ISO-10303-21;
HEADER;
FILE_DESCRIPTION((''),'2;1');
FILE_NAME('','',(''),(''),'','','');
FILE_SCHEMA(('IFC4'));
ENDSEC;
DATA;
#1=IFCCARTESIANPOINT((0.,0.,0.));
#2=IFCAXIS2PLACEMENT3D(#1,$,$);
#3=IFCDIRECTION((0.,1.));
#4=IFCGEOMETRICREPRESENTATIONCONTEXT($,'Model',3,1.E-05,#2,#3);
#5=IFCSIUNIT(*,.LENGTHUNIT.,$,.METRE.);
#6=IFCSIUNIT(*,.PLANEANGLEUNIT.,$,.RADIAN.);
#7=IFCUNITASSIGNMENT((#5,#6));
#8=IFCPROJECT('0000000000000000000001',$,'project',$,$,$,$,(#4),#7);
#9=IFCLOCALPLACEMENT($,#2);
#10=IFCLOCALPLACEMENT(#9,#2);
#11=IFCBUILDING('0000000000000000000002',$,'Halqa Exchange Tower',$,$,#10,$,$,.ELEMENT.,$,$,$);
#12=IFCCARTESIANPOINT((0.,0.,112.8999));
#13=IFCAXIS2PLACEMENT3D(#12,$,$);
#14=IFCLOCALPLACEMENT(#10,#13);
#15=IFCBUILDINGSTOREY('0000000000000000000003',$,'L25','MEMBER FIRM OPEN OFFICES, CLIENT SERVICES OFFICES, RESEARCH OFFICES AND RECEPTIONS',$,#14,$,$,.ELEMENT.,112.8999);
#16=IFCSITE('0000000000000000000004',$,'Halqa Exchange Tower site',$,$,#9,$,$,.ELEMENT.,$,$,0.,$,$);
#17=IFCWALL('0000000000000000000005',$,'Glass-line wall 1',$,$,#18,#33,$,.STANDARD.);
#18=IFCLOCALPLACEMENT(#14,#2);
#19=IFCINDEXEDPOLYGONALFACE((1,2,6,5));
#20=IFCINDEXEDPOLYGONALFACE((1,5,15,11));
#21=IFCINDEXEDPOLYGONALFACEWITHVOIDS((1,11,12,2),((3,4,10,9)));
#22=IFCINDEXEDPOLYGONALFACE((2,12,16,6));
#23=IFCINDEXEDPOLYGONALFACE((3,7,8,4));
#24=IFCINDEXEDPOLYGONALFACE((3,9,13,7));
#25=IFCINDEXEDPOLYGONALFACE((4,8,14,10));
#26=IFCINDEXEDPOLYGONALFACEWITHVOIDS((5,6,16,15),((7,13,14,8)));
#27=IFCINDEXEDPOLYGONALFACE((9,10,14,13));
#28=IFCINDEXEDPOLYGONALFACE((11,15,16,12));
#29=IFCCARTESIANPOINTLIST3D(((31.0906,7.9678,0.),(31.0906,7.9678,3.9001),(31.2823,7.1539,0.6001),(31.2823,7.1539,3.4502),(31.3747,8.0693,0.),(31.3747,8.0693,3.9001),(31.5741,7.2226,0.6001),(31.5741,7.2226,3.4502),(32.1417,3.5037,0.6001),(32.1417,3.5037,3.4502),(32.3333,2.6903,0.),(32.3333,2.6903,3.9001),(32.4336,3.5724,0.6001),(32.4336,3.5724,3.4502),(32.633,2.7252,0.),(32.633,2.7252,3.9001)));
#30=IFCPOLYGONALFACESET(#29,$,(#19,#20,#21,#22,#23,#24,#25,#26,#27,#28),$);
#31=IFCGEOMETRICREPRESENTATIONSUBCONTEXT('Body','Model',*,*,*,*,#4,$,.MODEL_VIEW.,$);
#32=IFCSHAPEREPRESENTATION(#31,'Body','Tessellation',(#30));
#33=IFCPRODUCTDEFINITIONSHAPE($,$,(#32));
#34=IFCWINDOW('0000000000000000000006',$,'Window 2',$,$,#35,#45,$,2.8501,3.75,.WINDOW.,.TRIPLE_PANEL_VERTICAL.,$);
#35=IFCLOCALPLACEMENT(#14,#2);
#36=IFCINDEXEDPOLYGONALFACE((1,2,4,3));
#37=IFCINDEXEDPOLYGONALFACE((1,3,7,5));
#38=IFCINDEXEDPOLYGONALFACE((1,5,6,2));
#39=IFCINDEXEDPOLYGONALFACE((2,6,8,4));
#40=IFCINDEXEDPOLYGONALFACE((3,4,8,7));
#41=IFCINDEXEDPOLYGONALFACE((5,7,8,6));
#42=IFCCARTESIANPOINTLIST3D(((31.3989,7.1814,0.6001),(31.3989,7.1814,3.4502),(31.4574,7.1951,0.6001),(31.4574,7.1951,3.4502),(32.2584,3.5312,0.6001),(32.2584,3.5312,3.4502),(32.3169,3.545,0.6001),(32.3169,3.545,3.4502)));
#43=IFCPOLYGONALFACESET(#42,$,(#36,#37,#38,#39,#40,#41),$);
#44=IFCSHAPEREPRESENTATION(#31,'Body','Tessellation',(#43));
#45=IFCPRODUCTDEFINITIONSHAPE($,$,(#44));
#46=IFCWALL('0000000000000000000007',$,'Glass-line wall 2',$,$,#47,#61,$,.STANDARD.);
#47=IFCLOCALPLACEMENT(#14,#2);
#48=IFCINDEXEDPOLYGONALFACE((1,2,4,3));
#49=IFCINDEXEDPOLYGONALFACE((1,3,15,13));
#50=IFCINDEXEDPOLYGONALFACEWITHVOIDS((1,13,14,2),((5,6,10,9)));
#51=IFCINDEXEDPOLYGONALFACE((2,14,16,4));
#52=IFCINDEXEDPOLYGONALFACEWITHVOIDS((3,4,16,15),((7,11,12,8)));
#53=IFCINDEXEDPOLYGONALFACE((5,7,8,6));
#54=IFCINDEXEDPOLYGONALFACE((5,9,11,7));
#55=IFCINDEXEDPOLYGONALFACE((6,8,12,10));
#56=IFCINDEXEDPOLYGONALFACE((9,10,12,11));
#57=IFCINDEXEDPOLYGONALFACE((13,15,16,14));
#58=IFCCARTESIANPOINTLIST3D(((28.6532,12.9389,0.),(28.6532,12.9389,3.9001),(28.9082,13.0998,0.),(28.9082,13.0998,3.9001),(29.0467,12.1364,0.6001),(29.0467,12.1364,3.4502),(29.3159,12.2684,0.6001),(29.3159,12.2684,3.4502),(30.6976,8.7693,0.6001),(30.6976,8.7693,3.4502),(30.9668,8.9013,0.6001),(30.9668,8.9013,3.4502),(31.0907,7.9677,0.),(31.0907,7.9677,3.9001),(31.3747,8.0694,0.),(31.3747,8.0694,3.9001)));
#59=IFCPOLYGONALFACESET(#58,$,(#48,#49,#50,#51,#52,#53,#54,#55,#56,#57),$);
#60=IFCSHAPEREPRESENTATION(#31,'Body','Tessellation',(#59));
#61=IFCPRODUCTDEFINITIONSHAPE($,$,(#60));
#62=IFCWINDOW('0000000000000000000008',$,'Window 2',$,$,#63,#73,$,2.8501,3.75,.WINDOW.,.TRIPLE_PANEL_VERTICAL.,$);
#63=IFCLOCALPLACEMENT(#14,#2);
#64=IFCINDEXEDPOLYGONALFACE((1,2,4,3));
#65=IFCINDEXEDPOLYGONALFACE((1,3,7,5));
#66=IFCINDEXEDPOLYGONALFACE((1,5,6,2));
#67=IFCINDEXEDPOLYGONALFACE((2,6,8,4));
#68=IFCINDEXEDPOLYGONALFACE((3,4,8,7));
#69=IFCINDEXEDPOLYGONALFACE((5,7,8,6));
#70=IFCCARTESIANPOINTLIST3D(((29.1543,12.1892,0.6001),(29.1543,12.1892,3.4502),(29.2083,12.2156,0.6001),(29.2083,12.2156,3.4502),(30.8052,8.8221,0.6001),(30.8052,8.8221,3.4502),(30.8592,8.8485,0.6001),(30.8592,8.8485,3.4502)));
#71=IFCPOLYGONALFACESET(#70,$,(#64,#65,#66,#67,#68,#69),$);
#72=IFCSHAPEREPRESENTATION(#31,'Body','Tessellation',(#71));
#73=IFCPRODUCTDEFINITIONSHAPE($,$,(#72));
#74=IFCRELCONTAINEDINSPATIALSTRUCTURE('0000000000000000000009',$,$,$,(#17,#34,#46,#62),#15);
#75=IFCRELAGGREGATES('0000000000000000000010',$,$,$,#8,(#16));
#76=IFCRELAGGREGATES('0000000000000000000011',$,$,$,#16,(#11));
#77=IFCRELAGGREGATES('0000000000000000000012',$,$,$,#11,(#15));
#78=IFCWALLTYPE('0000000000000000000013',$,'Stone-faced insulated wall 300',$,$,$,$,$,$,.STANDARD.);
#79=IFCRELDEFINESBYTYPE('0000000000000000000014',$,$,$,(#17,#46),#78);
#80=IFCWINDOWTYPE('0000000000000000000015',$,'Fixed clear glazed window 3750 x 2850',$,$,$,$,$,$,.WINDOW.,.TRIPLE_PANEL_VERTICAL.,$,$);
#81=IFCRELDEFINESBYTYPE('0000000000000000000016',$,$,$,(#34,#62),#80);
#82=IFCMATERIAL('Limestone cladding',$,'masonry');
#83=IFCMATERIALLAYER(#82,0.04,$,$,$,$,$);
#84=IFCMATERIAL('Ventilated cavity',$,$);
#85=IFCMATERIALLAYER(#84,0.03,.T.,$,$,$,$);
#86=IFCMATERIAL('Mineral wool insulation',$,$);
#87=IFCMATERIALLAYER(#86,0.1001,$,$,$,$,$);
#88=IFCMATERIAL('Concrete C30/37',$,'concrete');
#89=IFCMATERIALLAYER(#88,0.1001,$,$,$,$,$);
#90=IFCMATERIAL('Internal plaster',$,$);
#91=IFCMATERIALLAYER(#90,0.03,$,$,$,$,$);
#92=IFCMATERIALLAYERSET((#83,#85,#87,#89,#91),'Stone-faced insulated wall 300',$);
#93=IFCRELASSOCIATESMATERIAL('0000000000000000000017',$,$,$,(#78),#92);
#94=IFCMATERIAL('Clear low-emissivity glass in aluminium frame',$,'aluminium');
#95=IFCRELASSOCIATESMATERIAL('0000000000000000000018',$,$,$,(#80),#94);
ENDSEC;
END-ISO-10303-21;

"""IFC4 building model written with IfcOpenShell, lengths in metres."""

from ifc_helpers import new_model, si_unit, direction, frame, frame_2d, origin, place, context, subcontext, project, spatial, polyline, rectangle, outline, extrude, material, layer, layer_set, type_object, element, fill, save


model = new_model("IFC4")

# Units and contexts
model_context = context("Model", 3, precision=1e-05, world=origin(), true_north=direction((0.0, 1.0)))
body_context = subcontext(model_context, "Body", "Model", "MODEL_VIEW")
ifc_project = project(units=[si_unit("LENGTHUNIT", "METRE"), si_unit("PLANEANGLEUNIT", "RADIAN")], contexts=[model_context])

# Site, building, storey
site_placement = place(None, origin())
site = spatial("IfcSite", under=ifc_project, at=site_placement, Name="Halqa Exchange Tower site", CompositionType="ELEMENT", RefElevation=0.0)
building_placement = place(site_placement, origin())
building = spatial("IfcBuilding", under=site, at=building_placement, Name="Halqa Exchange Tower", CompositionType="ELEMENT")
storey_placement = place(building_placement, frame((0.0, 0.0, 112.8999)))
storey = spatial("IfcBuildingStorey", under=building, at=storey_placement, Name="L25", Description="MEMBER FIRM OPEN OFFICES, CLIENT SERVICES OFFICES, RESEARCH OFFICES AND RECEPTIONS", CompositionType="ELEMENT", Elevation=112.8999)

# Walls, openings, windows
ifc_material_1 = material(Name="Limestone cladding", Category="masonry")
ifc_layer_1 = layer(ifc_material_1, 0.04)
ifc_material_2 = material(Name="Ventilated cavity")
ifc_layer_2 = layer(ifc_material_2, 0.03, ventilated=True)
ifc_material_3 = material(Name="Mineral wool insulation")
ifc_layer_3 = layer(ifc_material_3, 0.1001)
ifc_material_4 = material(Name="Concrete C30/37", Category="concrete")
ifc_layer_4 = layer(ifc_material_4, 0.1001)
ifc_material_5 = material(Name="Internal plaster")
ifc_layer_5 = layer(ifc_material_5, 0.03)
ifc_layer_set_1 = layer_set([ifc_layer_1, ifc_layer_2, ifc_layer_3, ifc_layer_4, ifc_layer_5], Name="Stone-faced insulated wall 300")
wall_type_1 = type_object("IfcWallType", Name="Stone-faced insulated wall 300", PredefinedType="STANDARD", material=ifc_layer_set_1)
wall_1_placement = place(storey_placement, frame((32.4832, 2.7078, 0.0), z_axis=(0.0, 0.0, 1.0), x_axis=(-0.229194, 0.973381, 0.0)))
wall_1 = element("IfcWall", 1, at=wall_1_placement, inside=storey, type_object=wall_type_1, Name="Glass-line wall 1", PredefinedType="STANDARD", context=body_context, shape_type="SweptSolid", body=[
    extrude(outline(polyline([(-0.0173, -0.1499), (5.4729, -0.1499), (5.4392, 0.1499), (0.0173, 0.1499), (-0.0173, -0.1499)])), origin(), (0.0, 0.0, 1.0), 3.9001),
])
opening_1_placement = place(wall_1_placement, frame((0.853, 0.0, 0.6001)))
opening_1 = element("IfcOpeningElement", 2, at=opening_1_placement, cuts=wall_1, PredefinedType="OPENING", context=body_context, shape_type="SweptSolid", body=[
    extrude(rectangle(XDim=3.75, YDim=2.8501, at=frame_2d((1.875, 1.425))), frame((0.0, 0.1621, 0.0), z_axis=(0.0, -1.0, 0.0), x_axis=(1.0, 0.0, 0.0)), (0.0, 0.0, 1.0), 0.324),
])
ifc_material_6 = material(Name="Clear low-emissivity glass in aluminium frame", Category="aluminium")
window_type = type_object("IfcWindowType", Name="Fixed clear glazed window 3750 x 2850", PartitioningType="TRIPLE_PANEL_VERTICAL", PredefinedType="WINDOW", material=ifc_material_6)
window_1_placement = place(opening_1_placement, origin())
window_1 = element("IfcWindow", 3, at=window_1_placement, inside=storey, type_object=window_type, Name="Window 2", OverallHeight=2.8501, OverallWidth=3.75, PartitioningType="TRIPLE_PANEL_VERTICAL", PredefinedType="WINDOW", context=body_context, shape_type="SweptSolid", body=[
    extrude(rectangle(XDim=3.75, YDim=2.8501, at=frame_2d((1.875, 1.425))), frame((0.0, 0.03, 0.0), z_axis=(0.0, -1.0, 0.0), x_axis=(1.0, 0.0, 0.0)), (0.0, 0.0, 1.0), 0.0601),
])
fill(opening_1, window_1)
wall_2_placement = place(storey_placement, frame((31.2327, 8.0186, 0.0), z_axis=(0.0, 0.0, 1.0), x_axis=(-0.440239, 0.897881, 0.0)))
wall_2 = element("IfcWall", 4, at=wall_2_placement, inside=storey, type_object=wall_type_1, Name="Glass-line wall 2", PredefinedType="STANDARD", context=body_context, shape_type="SweptSolid", body=[
    extrude(outline(polyline([(-0.0168, -0.1499), (5.5857, -0.1499), (5.5535, 0.1499), (0.0168, 0.1499), (-0.0168, -0.1499)])), origin(), (0.0, 0.0, 1.0), 3.9001),
])
opening_2_placement = place(wall_2_placement, frame((0.9097, 0.0, 0.6001)))
opening_2 = element("IfcOpeningElement", 5, at=opening_2_placement, cuts=wall_2, PredefinedType="OPENING", context=body_context, shape_type="SweptSolid", body=[
    extrude(rectangle(XDim=3.75, YDim=2.8501, at=frame_2d((1.875, 1.425))), frame((0.0, 0.1621, 0.0), z_axis=(0.0, -1.0, 0.0), x_axis=(1.0, 0.0, 0.0)), (0.0, 0.0, 1.0), 0.324),
])
window_2_placement = place(opening_2_placement, origin())
window_2 = element("IfcWindow", 6, at=window_2_placement, inside=storey, type_object=window_type, Name="Window 2", OverallHeight=2.8501, OverallWidth=3.75, PartitioningType="TRIPLE_PANEL_VERTICAL", PredefinedType="WINDOW", context=body_context, shape_type="SweptSolid", body=[
    extrude(rectangle(XDim=3.75, YDim=2.8501, at=frame_2d((1.875, 1.425))), frame((0.0, 0.03, 0.0), z_axis=(0.0, -1.0, 0.0), x_axis=(1.0, 0.0, 0.0)), (0.0, 0.0, 1.0), 0.0601),
])
fill(opening_2, window_2)

save(model, "model.ifc")
